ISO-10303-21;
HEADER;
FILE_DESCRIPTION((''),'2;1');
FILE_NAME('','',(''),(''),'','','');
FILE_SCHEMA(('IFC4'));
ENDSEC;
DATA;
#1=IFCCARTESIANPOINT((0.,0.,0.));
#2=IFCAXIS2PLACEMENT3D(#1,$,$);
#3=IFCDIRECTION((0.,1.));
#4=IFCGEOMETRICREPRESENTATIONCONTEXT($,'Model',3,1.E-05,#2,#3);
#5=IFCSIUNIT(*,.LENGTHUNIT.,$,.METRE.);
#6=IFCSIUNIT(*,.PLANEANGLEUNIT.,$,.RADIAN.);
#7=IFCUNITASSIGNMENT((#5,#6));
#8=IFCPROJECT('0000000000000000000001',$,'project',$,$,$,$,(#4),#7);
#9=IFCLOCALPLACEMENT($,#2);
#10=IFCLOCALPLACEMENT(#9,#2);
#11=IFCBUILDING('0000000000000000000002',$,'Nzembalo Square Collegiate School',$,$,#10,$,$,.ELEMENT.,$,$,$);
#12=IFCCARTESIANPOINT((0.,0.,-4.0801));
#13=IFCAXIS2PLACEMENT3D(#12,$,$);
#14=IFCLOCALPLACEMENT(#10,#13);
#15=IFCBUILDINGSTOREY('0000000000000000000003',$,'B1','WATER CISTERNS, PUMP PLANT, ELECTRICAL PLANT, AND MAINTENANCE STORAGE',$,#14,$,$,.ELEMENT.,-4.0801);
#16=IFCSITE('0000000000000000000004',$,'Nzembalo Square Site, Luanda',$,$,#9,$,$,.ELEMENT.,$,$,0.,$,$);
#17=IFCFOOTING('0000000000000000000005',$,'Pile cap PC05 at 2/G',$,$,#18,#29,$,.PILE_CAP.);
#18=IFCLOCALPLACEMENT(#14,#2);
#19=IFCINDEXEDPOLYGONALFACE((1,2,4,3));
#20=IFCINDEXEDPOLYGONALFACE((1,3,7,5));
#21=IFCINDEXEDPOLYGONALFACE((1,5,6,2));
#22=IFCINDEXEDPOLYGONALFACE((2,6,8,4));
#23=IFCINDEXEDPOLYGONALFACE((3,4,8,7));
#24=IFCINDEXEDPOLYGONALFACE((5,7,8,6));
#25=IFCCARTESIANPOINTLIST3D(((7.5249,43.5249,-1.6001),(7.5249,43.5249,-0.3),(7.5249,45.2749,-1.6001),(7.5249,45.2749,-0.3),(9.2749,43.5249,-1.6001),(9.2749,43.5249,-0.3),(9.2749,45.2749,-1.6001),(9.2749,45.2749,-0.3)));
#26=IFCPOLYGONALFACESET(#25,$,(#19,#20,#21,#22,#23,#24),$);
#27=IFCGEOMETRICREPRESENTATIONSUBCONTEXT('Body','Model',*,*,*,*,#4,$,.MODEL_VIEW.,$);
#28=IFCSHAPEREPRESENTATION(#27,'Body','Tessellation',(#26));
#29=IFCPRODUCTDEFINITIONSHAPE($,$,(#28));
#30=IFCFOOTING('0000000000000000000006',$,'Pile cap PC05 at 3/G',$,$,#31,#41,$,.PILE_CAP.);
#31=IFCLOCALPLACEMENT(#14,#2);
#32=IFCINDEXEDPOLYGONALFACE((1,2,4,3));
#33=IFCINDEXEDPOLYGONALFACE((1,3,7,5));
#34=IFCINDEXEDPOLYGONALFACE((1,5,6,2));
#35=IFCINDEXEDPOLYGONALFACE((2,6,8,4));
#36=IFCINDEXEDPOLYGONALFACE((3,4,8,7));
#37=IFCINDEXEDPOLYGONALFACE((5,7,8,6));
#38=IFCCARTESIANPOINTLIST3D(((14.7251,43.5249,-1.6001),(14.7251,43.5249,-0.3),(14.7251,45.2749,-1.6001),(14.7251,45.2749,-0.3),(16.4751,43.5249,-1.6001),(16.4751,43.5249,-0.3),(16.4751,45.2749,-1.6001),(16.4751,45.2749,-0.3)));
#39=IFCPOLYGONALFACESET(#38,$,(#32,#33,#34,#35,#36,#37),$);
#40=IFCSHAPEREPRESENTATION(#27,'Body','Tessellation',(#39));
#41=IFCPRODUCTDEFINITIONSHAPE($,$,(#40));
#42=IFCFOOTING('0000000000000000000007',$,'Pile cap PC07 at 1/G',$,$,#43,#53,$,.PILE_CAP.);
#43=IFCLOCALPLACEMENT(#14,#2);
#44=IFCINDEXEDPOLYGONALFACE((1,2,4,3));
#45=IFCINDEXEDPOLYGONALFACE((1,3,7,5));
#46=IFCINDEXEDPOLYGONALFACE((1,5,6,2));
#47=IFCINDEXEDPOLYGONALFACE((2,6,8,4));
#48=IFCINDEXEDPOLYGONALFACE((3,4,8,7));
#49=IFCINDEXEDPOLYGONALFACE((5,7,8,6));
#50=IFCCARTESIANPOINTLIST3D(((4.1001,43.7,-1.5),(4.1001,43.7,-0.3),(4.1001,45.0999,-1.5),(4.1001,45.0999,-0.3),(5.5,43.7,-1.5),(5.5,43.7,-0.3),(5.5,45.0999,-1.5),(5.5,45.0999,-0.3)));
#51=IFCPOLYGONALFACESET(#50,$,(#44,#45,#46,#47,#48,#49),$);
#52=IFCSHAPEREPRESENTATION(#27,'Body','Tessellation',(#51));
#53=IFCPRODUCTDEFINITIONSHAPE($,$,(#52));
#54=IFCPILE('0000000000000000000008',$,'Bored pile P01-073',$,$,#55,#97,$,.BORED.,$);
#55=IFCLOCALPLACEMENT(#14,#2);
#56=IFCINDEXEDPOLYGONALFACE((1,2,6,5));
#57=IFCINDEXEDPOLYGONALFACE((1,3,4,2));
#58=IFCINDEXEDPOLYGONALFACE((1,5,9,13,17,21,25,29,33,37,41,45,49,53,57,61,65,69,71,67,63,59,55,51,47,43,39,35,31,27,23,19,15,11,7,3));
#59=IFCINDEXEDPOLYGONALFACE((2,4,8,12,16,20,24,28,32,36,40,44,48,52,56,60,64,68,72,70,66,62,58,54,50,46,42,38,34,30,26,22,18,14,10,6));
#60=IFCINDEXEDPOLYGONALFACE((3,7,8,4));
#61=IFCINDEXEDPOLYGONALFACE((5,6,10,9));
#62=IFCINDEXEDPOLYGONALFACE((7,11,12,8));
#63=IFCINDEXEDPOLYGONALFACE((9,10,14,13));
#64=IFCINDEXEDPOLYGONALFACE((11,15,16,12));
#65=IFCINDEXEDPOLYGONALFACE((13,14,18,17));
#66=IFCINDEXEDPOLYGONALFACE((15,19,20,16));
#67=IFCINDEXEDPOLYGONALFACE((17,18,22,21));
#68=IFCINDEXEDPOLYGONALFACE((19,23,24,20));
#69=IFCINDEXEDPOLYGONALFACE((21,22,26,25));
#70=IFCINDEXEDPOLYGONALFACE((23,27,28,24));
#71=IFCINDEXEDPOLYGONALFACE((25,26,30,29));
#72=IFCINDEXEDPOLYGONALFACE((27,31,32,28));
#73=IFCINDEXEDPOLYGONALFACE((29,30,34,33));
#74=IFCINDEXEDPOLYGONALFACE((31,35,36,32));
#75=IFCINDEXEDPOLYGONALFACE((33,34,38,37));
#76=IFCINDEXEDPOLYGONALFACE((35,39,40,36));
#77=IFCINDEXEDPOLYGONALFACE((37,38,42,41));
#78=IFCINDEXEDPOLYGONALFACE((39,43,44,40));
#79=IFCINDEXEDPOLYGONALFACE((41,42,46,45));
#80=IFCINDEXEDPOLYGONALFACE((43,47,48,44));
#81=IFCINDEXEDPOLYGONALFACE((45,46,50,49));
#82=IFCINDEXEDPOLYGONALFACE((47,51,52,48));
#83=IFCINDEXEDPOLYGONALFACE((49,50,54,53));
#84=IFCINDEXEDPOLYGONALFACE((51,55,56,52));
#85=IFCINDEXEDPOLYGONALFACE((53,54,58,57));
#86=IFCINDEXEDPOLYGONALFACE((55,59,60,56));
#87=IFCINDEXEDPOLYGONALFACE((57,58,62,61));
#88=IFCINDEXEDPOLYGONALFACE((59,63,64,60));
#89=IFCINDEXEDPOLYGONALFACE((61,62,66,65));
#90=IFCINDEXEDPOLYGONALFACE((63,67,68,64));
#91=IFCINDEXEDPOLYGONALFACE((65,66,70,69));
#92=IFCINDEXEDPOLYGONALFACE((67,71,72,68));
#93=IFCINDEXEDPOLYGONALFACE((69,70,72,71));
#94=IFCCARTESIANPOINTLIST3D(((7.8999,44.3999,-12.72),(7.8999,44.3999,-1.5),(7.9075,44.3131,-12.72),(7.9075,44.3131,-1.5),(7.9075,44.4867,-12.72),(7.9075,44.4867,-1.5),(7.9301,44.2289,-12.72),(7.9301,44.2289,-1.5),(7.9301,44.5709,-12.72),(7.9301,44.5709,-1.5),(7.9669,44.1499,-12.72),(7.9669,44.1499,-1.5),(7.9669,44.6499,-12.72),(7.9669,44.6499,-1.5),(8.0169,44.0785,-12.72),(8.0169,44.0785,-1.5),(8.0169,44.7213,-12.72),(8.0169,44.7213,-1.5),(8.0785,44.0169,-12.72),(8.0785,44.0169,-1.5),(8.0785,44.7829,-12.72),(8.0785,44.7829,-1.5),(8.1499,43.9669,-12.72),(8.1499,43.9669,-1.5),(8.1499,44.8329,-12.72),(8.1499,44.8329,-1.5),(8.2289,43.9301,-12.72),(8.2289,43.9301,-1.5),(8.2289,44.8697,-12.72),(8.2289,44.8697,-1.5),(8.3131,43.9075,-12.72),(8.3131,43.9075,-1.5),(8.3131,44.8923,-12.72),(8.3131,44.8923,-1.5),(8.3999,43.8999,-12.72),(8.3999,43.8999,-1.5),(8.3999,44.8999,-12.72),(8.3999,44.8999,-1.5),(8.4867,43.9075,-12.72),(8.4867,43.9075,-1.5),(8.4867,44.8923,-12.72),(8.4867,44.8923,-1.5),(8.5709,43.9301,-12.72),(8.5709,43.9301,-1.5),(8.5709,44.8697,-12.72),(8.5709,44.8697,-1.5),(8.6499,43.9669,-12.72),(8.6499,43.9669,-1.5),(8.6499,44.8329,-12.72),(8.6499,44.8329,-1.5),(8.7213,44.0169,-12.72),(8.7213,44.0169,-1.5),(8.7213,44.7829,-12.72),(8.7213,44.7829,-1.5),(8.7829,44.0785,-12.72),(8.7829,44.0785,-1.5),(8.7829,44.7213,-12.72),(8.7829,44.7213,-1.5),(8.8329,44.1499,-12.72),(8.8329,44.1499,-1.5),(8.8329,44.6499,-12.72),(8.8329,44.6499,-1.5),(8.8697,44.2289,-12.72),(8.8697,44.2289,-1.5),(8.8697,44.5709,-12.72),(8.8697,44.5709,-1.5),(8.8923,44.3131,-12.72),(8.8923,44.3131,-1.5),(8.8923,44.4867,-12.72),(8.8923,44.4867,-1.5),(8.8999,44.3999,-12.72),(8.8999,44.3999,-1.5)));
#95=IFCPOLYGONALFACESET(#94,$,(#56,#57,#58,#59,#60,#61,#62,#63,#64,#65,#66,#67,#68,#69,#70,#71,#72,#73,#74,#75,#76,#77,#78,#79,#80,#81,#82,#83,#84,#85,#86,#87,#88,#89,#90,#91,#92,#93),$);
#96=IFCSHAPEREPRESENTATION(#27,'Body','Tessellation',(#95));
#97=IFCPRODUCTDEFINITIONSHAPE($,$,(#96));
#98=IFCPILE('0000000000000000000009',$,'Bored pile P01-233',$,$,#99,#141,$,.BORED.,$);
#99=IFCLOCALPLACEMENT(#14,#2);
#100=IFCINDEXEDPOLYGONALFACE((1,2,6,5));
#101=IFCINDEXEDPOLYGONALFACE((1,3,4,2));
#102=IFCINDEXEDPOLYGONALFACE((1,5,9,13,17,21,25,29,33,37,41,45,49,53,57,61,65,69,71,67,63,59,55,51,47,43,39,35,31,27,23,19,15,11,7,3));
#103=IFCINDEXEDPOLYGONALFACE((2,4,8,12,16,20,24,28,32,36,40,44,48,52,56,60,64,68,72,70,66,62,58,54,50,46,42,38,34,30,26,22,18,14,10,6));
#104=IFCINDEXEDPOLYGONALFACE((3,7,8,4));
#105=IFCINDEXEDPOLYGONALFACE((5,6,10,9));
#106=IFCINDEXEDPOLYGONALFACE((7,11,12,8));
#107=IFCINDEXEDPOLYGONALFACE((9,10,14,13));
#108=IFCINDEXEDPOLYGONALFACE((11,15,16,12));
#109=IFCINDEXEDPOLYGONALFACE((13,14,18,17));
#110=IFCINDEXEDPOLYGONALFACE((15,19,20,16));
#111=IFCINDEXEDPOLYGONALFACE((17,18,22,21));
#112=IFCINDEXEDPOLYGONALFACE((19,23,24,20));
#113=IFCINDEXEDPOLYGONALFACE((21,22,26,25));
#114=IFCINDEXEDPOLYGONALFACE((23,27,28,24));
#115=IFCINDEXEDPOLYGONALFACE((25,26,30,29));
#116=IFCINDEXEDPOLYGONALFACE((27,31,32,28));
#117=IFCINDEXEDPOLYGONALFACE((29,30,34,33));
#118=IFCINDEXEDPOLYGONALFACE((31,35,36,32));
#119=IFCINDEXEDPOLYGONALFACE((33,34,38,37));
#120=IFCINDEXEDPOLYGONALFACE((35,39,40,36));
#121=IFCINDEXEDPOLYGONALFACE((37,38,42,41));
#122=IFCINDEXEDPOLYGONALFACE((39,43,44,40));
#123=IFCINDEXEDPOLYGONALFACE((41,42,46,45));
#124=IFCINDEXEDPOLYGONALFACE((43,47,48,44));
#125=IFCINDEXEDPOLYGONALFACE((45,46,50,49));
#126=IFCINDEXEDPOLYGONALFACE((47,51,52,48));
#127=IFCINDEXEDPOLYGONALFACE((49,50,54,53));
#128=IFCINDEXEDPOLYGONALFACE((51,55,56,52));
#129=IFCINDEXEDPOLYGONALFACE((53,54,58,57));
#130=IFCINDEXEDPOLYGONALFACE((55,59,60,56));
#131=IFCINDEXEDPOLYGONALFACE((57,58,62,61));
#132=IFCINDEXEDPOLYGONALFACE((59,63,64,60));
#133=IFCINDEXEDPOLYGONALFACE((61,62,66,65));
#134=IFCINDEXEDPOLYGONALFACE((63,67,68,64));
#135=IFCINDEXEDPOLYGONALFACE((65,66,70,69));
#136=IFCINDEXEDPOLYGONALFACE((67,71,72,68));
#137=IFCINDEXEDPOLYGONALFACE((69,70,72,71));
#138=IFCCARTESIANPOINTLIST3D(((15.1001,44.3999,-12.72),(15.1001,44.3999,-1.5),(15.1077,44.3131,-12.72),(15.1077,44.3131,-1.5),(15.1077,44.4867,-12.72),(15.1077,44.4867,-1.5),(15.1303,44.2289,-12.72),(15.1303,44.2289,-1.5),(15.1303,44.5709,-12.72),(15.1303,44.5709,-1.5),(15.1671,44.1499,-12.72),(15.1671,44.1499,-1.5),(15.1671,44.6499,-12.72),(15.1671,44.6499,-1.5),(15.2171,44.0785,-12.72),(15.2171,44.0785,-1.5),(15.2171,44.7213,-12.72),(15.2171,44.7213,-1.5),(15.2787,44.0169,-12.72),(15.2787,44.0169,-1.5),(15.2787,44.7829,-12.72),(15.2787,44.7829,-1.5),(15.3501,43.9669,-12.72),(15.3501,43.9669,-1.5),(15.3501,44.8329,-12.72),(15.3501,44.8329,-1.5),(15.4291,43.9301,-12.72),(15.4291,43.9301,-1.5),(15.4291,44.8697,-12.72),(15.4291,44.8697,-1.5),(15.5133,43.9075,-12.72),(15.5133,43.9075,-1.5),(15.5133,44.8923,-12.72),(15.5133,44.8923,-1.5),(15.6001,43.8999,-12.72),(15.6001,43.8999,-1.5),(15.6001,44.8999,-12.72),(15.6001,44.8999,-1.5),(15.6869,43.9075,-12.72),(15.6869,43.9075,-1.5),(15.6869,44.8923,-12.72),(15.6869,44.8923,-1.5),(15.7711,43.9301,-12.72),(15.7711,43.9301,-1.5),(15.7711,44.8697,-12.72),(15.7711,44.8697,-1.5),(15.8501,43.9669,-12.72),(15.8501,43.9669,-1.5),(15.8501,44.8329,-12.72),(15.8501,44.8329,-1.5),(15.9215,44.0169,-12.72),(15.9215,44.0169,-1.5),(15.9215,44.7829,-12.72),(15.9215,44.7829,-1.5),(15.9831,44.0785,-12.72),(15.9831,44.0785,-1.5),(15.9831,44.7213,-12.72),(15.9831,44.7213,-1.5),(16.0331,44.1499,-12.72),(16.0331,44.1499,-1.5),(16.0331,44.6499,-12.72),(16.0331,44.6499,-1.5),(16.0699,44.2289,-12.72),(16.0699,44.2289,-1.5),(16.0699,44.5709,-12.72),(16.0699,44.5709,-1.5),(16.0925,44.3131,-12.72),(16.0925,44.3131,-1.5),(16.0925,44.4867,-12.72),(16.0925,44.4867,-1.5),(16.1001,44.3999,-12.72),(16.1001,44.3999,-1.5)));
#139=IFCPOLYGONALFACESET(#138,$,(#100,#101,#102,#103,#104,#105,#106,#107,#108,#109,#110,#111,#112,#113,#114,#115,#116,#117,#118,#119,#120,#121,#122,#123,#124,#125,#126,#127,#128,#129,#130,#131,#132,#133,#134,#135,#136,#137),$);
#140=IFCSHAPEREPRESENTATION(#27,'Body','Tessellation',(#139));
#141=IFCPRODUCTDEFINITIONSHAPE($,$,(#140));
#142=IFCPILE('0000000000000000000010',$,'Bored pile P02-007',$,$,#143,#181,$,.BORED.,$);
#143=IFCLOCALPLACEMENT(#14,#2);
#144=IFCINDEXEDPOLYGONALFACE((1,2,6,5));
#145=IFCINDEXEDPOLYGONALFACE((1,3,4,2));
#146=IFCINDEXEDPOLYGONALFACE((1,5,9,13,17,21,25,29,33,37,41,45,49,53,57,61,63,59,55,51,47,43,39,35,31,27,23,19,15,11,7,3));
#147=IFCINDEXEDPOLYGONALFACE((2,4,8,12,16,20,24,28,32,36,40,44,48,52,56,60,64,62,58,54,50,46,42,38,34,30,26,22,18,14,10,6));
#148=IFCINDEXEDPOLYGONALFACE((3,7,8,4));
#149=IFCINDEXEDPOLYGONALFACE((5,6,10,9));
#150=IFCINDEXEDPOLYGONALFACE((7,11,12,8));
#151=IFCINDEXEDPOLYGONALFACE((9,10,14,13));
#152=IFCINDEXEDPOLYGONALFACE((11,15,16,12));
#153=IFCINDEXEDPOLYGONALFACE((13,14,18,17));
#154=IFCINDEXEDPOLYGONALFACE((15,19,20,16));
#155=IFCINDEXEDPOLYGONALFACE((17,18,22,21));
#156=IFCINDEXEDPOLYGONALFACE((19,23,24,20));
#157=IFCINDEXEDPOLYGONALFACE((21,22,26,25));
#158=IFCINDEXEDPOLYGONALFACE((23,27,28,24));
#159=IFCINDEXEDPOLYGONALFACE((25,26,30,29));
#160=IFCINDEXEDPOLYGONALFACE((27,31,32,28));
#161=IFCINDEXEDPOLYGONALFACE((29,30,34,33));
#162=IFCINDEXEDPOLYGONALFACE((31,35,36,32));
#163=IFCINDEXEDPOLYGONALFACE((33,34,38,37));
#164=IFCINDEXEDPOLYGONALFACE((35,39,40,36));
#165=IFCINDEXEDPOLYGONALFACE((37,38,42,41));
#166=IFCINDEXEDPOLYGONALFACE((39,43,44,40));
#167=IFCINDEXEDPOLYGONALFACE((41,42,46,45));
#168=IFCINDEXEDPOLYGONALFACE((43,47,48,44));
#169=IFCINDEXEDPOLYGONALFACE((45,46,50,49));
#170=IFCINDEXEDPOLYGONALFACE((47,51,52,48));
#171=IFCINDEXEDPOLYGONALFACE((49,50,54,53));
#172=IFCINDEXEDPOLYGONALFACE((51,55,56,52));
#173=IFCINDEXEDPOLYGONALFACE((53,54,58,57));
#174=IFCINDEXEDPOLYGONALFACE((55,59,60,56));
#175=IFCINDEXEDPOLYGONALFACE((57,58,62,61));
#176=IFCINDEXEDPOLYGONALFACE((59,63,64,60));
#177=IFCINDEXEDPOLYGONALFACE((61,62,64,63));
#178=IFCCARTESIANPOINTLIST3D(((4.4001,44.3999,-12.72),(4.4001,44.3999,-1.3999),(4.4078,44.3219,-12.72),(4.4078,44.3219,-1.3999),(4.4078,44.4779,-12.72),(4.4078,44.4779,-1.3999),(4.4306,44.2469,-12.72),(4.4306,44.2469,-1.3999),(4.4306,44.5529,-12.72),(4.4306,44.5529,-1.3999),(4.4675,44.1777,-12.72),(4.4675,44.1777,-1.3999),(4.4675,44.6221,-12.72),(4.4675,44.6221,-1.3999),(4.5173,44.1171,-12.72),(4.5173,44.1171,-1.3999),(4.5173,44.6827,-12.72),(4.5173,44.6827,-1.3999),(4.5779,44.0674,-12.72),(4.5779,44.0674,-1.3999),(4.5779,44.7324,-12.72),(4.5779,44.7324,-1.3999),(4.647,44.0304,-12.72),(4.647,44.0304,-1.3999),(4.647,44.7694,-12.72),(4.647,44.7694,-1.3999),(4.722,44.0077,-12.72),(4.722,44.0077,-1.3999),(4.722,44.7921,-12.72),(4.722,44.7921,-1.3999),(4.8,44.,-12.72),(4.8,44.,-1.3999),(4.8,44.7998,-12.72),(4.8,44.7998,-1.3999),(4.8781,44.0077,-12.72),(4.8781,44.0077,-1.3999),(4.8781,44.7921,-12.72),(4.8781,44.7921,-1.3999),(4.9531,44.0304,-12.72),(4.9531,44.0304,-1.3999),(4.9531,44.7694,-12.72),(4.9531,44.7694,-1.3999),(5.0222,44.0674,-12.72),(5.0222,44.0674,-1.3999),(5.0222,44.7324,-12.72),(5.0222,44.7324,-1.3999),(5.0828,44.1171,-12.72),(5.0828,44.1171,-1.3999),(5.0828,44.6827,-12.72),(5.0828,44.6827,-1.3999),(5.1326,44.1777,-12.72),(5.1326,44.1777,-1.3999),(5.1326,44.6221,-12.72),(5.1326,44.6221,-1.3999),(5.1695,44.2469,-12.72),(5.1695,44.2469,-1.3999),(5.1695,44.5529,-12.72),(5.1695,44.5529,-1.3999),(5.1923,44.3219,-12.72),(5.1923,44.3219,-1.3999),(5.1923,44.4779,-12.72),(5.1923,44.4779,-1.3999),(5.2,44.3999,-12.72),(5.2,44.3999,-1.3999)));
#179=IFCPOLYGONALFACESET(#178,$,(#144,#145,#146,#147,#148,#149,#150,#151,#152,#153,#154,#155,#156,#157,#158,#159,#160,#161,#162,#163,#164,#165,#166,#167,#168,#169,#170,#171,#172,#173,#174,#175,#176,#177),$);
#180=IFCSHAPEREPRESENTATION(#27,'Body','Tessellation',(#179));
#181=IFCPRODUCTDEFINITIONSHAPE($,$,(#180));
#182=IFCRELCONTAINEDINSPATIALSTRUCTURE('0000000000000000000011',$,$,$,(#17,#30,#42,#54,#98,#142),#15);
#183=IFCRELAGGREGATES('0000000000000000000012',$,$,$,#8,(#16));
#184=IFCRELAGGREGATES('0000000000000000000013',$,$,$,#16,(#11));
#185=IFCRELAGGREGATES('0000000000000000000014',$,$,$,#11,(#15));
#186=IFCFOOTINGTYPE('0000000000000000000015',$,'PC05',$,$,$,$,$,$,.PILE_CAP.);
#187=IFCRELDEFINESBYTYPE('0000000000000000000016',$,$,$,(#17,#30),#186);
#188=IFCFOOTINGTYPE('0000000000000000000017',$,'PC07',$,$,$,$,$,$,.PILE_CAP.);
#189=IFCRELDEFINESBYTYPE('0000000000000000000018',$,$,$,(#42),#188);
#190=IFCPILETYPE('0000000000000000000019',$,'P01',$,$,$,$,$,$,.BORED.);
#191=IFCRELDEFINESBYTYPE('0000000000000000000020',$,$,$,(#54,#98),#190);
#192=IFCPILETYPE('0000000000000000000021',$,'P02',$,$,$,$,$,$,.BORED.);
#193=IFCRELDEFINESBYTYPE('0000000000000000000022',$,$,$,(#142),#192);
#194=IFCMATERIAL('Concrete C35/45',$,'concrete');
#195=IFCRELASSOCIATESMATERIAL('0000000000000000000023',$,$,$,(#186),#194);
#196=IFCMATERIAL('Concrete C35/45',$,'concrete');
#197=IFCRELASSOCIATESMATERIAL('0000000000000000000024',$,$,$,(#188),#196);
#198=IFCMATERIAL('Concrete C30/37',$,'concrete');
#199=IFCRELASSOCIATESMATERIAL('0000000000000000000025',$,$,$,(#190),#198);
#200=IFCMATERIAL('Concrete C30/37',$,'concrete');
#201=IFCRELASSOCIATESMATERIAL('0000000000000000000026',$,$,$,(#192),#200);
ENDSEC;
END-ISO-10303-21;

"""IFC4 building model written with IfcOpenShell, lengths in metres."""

from ifc_helpers import new_model, si_unit, direction, frame, origin, origin_2d, place, context, subcontext, project, spatial, rectangle, circle, extrude, material, material_profile, profile_set, type_object, element, save


model = new_model("IFC4")

# Units and contexts
model_context = context("Model", 3, precision=1e-05, world=origin(), true_north=direction((0.0, 1.0)))
body_context = subcontext(model_context, "Body", "Model", "MODEL_VIEW")
ifc_project = project(units=[si_unit("LENGTHUNIT", "METRE"), si_unit("PLANEANGLEUNIT", "RADIAN")], contexts=[model_context])

# Site, building, storey
site_placement = place(None, origin())
site = spatial("IfcSite", under=ifc_project, at=site_placement, Name="Nzembalo Square Site, Luanda", CompositionType="ELEMENT", RefElevation=0.0)
building_placement = place(site_placement, origin())
building = spatial("IfcBuilding", under=site, at=building_placement, Name="Nzembalo Square Collegiate School", CompositionType="ELEMENT")
storey_placement = place(building_placement, frame((0.0, 0.0, -4.0801)))
storey = spatial("IfcBuildingStorey", under=building, at=storey_placement, Name="B1", Description="WATER CISTERNS, PUMP PLANT, ELECTRICAL PLANT, AND MAINTENANCE STORAGE", CompositionType="ELEMENT", Elevation=-4.0801)

# Footings
ifc_material_1 = material(Name="Concrete C35/45", Category="concrete")
footing_type_1 = type_object("IfcFootingType", Name="PC05", PredefinedType="PILE_CAP", material=ifc_material_1)
for number, where, z_axis, x_axis, name in (
    (1, (8.3999, 44.3999, -1.6001), (0.0, 0.0, 1.0), (1.0, 0.0, 0.0), "Pile cap PC05 at 2/G"),
    (2, (15.6001, 44.3999, -1.6001), (0.0, 0.0, 1.0), (1.0, 0.0, 0.0), "Pile cap PC05 at 3/G"),
):
    element("IfcFooting", number, at=place(storey_placement, frame(where, z_axis=z_axis, x_axis=x_axis)), inside=storey, type_object=footing_type_1, Name=name, PredefinedType="PILE_CAP", context=body_context, shape_type="SweptSolid", body=[
        extrude(rectangle(XDim=1.75, YDim=1.75, at=origin_2d()), origin(), (0.0, 0.0, 1.0), 1.3),
    ])
ifc_material_2 = material(Name="Concrete C35/45", Category="concrete")
footing_type_2 = type_object("IfcFootingType", Name="PC07", PredefinedType="PILE_CAP", material=ifc_material_2)
footing_placement = place(storey_placement, frame((4.8, 44.3999, -1.5), z_axis=(0.0, 0.0, 1.0), x_axis=(1.0, 0.0, 0.0)))
element("IfcFooting", 3, at=footing_placement, inside=storey, type_object=footing_type_2, Name="Pile cap PC07 at 1/G", PredefinedType="PILE_CAP", context=body_context, shape_type="SweptSolid", body=[
    extrude(rectangle(XDim=1.3999, YDim=1.3999, at=origin_2d()), origin(), (0.0, 0.0, 1.0), 1.2),
])

# Piles
ifc_material_3 = material(Name="Concrete C30/37", Category="concrete")
ifc_material_profile_1 = material_profile(ifc_material_3, circle(Radius=0.5, at=origin_2d()), Name="PILE D1000")
ifc_profile_set_1 = profile_set([ifc_material_profile_1], Name="Concrete C30/37")
pile_type_1 = type_object("IfcPileType", Name="P01", PredefinedType="BORED", material=ifc_profile_set_1)
for number, where, z_axis, x_axis, name in (
    (4, (8.3999, 44.3999, -1.5), (0.0, 0.0, -1.0), (1.0, 0.0, 0.0), "Bored pile P01-073"),
    (5, (15.6001, 44.3999, -1.5), (0.0, 0.0, -1.0), (1.0, 0.0, 0.0), "Bored pile P01-233"),
):
    element("IfcPile", number, at=place(storey_placement, frame(where, z_axis=z_axis, x_axis=x_axis)), inside=storey, type_object=pile_type_1, Name=name, PredefinedType="BORED", context=body_context, shape_type="SweptSolid", body=[
        extrude(circle(Radius=0.5, at=origin_2d()), origin(), (0.0, 0.0, 1.0), 11.22),
    ])
ifc_material_4 = material(Name="Concrete C30/37", Category="concrete")
ifc_material_profile_2 = material_profile(ifc_material_4, circle(Radius=0.3999, at=origin_2d()), Name="PILE D800")
ifc_profile_set_2 = profile_set([ifc_material_profile_2], Name="Concrete C30/37")
pile_type_2 = type_object("IfcPileType", Name="P02", PredefinedType="BORED", material=ifc_profile_set_2)
pile_1_placement = place(storey_placement, frame((4.8, 44.3999, -1.3999), z_axis=(0.0, 0.0, -1.0), x_axis=(1.0, 0.0, 0.0)))
element("IfcPile", 6, at=pile_1_placement, inside=storey, type_object=pile_type_2, Name="Bored pile P02-007", PredefinedType="BORED", context=body_context, shape_type="SweptSolid", body=[
    extrude(circle(Radius=0.3999, at=origin_2d()), origin(), (0.0, 0.0, 1.0), 11.3201),
])

save(model, "model.ifc")
